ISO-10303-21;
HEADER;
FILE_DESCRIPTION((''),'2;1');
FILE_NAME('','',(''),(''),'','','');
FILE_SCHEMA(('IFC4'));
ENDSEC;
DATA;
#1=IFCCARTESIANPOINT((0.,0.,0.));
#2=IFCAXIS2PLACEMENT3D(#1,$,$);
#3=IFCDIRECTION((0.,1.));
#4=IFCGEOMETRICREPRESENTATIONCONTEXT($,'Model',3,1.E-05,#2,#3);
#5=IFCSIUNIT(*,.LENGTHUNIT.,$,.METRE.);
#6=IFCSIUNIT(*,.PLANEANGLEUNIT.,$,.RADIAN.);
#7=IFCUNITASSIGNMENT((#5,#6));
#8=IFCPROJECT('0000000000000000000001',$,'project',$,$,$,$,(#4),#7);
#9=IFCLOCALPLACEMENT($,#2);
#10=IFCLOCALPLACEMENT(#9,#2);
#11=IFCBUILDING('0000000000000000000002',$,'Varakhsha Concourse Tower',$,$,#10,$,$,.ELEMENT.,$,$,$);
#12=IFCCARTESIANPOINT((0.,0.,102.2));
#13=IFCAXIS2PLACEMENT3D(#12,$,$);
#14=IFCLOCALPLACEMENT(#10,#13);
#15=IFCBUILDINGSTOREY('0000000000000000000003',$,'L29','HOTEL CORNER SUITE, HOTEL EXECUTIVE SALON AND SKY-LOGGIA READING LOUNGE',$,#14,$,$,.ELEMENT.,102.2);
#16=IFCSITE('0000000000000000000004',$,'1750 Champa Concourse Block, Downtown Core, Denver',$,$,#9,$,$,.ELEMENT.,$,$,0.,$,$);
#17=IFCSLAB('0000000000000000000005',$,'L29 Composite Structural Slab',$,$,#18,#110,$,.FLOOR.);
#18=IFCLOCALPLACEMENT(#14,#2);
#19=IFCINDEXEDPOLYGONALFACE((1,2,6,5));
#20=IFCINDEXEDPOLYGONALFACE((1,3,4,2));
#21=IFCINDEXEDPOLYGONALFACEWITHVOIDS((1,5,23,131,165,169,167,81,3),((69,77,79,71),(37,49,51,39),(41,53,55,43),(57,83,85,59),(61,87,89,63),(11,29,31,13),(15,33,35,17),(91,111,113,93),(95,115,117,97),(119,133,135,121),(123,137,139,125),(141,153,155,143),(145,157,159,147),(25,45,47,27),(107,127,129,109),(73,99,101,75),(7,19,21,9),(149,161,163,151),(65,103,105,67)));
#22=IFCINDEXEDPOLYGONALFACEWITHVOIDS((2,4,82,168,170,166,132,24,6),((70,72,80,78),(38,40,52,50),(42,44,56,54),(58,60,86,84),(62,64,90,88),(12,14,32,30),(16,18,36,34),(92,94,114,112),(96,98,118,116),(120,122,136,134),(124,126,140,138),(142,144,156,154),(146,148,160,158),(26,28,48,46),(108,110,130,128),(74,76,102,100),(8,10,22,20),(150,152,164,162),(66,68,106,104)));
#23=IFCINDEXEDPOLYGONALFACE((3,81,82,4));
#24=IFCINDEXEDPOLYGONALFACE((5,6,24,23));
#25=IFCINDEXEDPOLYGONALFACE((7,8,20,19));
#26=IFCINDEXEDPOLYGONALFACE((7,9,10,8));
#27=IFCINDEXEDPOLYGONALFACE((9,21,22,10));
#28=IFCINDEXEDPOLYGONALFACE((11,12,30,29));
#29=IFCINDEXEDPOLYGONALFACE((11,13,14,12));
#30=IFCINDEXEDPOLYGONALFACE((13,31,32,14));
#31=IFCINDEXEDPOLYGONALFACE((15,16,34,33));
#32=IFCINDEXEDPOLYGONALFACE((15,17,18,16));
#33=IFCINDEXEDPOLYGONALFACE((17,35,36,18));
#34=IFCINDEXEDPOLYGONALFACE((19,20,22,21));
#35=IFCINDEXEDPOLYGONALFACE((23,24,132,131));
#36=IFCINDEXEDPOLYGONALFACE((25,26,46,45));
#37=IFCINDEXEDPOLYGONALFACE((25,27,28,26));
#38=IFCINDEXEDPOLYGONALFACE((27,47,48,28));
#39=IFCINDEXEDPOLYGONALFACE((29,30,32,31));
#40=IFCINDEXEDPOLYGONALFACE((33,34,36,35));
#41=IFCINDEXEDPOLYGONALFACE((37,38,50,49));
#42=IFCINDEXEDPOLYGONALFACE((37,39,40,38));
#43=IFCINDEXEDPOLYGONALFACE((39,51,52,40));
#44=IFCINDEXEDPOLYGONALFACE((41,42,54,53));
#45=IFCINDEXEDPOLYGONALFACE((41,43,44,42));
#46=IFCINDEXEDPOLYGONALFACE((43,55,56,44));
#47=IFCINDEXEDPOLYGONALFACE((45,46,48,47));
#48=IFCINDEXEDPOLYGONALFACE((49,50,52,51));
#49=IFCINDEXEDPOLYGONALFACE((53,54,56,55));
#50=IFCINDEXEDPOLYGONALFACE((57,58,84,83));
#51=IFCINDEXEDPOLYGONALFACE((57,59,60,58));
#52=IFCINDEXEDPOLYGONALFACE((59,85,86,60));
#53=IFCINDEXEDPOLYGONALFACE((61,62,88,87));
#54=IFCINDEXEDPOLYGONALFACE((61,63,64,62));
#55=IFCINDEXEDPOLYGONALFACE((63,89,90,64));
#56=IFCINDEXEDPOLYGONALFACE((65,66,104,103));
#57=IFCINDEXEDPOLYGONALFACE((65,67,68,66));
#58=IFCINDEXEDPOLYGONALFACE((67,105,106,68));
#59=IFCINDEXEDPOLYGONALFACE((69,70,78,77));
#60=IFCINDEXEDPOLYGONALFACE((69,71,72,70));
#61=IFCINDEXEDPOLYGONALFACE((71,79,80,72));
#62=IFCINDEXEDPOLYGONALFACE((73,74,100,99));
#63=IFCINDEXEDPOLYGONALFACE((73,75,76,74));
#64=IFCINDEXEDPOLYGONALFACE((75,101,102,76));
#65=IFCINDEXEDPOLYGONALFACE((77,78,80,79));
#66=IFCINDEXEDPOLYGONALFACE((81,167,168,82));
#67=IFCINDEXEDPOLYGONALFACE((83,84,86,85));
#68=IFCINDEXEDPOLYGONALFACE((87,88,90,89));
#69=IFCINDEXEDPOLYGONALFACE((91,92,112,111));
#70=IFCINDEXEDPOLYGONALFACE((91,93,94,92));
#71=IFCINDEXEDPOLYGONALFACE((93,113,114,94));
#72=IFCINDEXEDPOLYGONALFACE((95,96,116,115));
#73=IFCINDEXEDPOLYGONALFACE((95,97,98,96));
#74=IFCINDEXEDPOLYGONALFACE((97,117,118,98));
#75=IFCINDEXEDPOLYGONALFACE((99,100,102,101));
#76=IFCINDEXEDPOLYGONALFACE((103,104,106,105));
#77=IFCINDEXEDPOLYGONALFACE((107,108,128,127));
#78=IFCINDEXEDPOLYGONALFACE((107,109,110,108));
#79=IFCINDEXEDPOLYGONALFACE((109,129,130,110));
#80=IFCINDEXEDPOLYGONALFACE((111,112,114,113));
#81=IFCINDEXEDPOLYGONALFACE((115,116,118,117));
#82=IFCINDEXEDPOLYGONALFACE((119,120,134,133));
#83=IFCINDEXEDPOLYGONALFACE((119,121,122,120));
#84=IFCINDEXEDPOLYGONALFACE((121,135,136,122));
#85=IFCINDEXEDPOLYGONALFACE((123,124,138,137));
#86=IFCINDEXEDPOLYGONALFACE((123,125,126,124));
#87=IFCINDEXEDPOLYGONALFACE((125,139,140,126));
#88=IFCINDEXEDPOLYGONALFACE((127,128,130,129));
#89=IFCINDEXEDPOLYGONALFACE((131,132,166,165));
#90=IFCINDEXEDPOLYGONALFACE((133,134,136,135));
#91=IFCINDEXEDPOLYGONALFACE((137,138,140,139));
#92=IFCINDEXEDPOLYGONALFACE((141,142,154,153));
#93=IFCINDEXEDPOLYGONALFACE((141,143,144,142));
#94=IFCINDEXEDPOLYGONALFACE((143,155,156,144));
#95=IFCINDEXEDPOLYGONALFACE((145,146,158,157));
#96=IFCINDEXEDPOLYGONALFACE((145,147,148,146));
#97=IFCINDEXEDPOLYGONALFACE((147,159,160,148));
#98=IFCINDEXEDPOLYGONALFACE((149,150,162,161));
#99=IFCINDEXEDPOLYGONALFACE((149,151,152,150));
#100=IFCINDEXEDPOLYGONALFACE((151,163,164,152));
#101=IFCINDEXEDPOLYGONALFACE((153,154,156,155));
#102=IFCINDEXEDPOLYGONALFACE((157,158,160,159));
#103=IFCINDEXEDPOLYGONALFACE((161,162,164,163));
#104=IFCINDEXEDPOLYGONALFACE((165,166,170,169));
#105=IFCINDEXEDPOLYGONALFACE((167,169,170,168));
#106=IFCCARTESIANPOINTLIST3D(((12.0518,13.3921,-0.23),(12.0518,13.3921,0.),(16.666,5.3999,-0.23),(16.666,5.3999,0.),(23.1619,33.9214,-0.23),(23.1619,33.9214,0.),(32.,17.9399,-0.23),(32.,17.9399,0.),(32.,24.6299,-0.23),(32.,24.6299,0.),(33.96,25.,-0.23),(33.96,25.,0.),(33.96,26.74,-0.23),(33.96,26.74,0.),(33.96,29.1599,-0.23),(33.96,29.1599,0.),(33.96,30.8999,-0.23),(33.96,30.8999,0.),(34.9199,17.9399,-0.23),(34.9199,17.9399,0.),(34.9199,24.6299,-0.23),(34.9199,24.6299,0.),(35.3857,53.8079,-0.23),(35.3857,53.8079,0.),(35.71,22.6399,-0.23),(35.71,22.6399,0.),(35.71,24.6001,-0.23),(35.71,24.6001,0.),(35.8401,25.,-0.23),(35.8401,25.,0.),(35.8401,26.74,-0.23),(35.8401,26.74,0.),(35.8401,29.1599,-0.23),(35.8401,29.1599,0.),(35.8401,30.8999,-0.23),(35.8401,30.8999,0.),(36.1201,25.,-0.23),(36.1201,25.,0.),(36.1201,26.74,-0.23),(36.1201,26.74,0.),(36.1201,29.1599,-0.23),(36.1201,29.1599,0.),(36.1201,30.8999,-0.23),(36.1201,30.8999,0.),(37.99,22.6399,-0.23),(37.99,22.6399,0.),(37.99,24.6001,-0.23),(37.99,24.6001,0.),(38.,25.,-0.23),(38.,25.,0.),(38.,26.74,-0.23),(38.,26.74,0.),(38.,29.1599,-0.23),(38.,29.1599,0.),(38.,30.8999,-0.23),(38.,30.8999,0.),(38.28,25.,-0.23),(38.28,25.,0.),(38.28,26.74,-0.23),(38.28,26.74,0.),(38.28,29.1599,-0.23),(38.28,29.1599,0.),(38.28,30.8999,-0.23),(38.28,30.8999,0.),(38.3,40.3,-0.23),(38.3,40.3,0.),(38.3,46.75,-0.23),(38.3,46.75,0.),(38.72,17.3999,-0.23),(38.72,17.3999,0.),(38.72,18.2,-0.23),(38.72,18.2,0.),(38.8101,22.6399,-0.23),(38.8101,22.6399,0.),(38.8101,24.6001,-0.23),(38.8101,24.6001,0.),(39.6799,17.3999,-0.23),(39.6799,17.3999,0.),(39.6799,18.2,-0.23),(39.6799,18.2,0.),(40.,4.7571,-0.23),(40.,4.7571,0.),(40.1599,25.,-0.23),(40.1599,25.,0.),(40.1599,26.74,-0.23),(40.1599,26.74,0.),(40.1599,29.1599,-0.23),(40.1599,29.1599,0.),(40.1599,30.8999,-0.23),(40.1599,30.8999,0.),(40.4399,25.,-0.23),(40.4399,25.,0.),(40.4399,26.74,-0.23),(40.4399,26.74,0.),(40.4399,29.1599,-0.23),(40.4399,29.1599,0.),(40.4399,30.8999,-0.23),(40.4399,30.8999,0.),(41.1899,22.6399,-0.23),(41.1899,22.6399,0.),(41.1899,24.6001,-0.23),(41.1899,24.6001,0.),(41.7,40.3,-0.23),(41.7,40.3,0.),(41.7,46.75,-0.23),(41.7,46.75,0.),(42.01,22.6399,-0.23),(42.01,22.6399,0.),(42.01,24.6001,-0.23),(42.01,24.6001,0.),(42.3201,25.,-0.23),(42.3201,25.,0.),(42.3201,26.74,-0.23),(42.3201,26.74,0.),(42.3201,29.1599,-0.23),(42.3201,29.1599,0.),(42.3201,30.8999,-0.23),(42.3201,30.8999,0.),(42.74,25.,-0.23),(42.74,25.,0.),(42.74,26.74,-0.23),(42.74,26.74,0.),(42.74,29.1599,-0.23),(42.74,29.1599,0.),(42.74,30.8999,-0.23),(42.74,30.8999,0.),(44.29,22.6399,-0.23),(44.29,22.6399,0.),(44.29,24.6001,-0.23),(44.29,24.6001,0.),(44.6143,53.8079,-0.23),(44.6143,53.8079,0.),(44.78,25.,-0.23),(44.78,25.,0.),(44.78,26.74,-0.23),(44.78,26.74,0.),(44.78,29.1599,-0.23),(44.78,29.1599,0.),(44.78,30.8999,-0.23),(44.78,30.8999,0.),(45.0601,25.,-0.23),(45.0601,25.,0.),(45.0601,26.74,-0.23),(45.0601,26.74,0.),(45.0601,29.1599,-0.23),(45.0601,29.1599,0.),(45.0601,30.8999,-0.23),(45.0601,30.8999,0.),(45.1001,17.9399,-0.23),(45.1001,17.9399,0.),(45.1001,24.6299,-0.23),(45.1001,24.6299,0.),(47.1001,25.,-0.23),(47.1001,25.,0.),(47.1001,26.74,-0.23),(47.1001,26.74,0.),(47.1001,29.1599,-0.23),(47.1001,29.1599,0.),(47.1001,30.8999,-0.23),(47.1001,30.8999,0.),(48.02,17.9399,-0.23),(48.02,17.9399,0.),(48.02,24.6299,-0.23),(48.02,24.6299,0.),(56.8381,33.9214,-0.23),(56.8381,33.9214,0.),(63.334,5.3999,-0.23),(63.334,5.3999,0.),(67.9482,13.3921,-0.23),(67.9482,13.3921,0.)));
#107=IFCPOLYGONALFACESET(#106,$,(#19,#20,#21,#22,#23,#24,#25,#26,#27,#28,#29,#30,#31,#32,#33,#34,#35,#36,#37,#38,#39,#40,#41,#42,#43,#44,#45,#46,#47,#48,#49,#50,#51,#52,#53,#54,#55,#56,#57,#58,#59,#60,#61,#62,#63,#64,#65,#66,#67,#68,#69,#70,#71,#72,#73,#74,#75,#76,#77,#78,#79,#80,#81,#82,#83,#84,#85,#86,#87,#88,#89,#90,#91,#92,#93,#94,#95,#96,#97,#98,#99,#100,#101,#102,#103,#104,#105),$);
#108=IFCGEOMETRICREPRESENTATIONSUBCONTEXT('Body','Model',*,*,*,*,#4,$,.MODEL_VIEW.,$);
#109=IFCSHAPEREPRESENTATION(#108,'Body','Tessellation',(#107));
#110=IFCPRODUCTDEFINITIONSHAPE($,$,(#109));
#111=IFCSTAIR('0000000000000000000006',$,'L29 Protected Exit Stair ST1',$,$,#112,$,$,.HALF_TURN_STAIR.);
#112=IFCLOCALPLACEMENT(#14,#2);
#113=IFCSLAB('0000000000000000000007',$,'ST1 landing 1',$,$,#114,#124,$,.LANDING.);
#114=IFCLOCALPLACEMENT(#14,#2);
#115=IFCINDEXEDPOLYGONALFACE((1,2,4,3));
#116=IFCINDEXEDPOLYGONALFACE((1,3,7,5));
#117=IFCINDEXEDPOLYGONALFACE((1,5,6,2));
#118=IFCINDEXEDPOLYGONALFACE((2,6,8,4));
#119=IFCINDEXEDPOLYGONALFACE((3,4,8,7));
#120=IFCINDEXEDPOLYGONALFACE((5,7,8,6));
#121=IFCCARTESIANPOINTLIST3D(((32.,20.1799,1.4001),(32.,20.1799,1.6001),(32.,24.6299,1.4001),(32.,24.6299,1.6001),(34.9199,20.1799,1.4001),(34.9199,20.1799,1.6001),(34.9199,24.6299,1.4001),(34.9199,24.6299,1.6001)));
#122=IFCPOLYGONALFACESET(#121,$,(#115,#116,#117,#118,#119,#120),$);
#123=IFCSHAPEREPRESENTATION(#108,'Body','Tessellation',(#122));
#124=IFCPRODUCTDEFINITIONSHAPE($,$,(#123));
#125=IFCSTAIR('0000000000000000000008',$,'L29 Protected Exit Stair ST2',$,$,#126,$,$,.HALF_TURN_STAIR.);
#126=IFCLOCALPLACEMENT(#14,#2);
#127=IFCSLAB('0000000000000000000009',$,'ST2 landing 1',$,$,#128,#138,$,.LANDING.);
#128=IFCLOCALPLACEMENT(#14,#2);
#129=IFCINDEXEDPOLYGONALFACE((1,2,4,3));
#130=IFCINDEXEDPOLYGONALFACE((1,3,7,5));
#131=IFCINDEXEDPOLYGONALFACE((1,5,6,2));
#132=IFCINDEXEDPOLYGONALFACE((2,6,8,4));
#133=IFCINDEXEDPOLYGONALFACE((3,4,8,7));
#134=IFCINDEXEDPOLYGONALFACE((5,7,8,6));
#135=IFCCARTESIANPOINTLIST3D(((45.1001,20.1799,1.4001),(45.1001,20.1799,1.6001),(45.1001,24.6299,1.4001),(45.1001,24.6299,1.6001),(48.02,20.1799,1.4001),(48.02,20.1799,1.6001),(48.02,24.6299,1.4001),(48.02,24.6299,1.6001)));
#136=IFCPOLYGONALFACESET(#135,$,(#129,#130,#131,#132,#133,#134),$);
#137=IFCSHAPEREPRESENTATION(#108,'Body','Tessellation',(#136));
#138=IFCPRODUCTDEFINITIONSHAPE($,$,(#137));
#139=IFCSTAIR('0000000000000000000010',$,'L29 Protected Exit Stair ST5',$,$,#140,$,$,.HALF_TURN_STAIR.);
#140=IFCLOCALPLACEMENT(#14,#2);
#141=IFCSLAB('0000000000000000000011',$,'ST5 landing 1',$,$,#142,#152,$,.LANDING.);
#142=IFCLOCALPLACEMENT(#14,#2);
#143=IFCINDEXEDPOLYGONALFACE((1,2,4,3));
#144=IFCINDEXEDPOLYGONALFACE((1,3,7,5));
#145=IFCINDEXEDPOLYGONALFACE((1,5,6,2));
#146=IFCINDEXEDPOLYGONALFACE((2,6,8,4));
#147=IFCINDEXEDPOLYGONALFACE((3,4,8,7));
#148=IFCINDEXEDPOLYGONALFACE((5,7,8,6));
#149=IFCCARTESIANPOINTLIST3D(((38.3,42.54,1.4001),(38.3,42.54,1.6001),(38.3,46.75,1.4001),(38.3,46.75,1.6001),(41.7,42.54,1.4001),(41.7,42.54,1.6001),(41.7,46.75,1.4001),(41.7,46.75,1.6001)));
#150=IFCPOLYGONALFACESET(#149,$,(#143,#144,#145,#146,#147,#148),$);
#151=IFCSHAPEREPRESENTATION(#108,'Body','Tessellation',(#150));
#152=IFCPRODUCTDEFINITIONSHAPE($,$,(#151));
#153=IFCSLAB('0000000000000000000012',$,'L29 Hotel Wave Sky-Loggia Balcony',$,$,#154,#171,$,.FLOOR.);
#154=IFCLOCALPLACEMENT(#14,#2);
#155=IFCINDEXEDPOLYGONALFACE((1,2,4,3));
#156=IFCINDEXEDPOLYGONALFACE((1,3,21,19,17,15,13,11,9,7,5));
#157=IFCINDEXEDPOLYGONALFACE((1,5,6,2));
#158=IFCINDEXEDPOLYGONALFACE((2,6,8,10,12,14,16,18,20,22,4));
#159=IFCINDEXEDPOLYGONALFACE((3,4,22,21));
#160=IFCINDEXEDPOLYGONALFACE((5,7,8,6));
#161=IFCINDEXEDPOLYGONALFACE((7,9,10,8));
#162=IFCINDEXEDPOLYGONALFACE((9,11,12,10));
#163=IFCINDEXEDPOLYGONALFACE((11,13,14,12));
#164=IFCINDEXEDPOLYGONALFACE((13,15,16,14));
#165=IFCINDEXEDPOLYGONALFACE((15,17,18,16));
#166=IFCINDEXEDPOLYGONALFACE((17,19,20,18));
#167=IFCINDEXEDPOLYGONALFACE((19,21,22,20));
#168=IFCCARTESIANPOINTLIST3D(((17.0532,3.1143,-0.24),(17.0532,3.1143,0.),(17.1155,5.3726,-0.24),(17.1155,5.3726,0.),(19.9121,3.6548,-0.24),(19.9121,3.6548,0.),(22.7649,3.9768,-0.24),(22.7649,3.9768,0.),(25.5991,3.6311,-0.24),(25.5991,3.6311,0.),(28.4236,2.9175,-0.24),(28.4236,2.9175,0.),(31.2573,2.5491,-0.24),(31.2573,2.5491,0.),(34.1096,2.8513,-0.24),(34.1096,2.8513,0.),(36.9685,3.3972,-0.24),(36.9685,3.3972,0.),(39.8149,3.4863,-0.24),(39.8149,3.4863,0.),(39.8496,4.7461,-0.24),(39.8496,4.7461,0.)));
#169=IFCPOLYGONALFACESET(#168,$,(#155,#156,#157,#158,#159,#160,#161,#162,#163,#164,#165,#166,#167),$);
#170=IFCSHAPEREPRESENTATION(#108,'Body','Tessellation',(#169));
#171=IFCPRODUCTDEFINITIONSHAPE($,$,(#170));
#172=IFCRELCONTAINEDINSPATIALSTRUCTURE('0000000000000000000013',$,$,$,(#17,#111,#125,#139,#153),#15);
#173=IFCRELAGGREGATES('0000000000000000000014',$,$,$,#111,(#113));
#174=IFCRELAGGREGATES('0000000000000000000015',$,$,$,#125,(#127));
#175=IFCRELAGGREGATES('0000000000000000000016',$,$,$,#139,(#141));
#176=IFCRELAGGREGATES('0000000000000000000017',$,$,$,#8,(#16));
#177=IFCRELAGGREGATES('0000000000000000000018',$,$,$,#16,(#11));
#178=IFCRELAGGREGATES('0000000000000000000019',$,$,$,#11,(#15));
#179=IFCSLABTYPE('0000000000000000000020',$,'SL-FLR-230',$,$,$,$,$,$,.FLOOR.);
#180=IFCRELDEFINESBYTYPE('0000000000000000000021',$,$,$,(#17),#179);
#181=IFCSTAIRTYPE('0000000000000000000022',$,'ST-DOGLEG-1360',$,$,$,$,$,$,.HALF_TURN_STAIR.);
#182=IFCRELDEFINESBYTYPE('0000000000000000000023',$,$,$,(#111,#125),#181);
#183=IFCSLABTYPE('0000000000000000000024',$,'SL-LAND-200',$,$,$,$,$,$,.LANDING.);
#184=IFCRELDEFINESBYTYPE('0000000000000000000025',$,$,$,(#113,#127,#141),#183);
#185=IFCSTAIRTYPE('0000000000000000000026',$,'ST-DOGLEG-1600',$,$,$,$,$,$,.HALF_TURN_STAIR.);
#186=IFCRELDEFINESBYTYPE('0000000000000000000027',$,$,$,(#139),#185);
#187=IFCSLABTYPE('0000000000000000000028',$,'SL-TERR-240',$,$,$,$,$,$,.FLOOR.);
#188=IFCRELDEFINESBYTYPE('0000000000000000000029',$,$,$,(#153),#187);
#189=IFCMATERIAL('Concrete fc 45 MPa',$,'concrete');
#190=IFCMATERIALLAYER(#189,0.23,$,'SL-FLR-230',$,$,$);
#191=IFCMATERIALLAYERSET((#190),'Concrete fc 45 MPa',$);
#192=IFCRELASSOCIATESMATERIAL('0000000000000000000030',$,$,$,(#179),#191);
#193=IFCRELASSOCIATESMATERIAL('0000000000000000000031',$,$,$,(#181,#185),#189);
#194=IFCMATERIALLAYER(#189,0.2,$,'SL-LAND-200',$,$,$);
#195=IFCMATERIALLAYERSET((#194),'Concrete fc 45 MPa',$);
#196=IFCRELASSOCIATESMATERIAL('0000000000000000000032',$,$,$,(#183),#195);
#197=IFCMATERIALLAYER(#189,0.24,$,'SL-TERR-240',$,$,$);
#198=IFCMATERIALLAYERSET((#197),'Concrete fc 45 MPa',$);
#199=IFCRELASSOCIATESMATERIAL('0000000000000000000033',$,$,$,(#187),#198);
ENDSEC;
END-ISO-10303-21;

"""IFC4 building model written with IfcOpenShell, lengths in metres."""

from ifc_helpers import new_model, si_unit, direction, frame, origin, place, context, subcontext, project, spatial, polyline, outline, extrude, material, layer, layer_set, type_object, element, aggregate, save


model = new_model("IFC4")

# Units and contexts
model_context = context("Model", 3, precision=1e-05, world=origin(), true_north=direction((0.0, 1.0)))
body_context = subcontext(model_context, "Body", "Model", "MODEL_VIEW")
ifc_project = project(units=[si_unit("LENGTHUNIT", "METRE"), si_unit("PLANEANGLEUNIT", "RADIAN")], contexts=[model_context])

# Site, building, storey
site_placement = place(None, origin())
site = spatial("IfcSite", under=ifc_project, at=site_placement, Name="1750 Champa Concourse Block, Downtown Core, Denver", CompositionType="ELEMENT", RefElevation=0.0)
building_placement = place(site_placement, origin())
building = spatial("IfcBuilding", under=site, at=building_placement, Name="Varakhsha Concourse Tower", CompositionType="ELEMENT")
storey_placement = place(building_placement, frame((0.0, 0.0, 102.2)))
storey = spatial("IfcBuildingStorey", under=building, at=storey_placement, Name="L29", Description="HOTEL CORNER SUITE, HOTEL EXECUTIVE SALON AND SKY-LOGGIA READING LOUNGE", CompositionType="ELEMENT", Elevation=102.2)

# Slab
ifc_material_1 = material(Name="Concrete fc 45 MPa", Category="concrete")
ifc_layer_1 = layer(ifc_material_1, 0.23, Name="SL-FLR-230")
ifc_layer_set_1 = layer_set([ifc_layer_1], Name="Concrete fc 45 MPa")
slab_type_1 = type_object("IfcSlabType", Name="SL-FLR-230", PredefinedType="FLOOR", material=ifc_layer_set_1)
slab_1_placement = place(storey_placement, frame((0.0, 0.0, -0.23)))
element("IfcSlab", 1, at=slab_1_placement, inside=storey, type_object=slab_type_1, Name="L29 Composite Structural Slab", PredefinedType="FLOOR", context=body_context, shape_type="SweptSolid", body=[
    extrude(outline(polyline([(44.6143, 53.8079), (35.3857, 53.8079), (23.1619, 33.9214), (12.0518, 13.3921), (16.666, 5.3999), (40.0, 4.7571), (63.334, 5.3999), (67.9482, 13.3921), (56.8381, 33.9214), (44.6143, 53.8079)]), holes=[polyline([(34.9199, 17.9399), (34.9199, 24.6299), (32.0, 24.6299), (32.0, 17.9399), (34.9199, 17.9399)]), polyline([(48.02, 17.9399), (48.02, 24.6299), (45.1001, 24.6299), (45.1001, 17.9399), (48.02, 17.9399)]), polyline([(41.7, 40.3), (41.7, 46.75), (38.3, 46.75), (38.3, 40.3), (41.7, 40.3)]), polyline([(33.96, 29.1599), (35.8401, 29.1599), (35.8401, 30.8999), (33.96, 30.8999), (33.96, 29.1599)]), polyline([(36.1201, 29.1599), (38.0, 29.1599), (38.0, 30.8999), (36.1201, 30.8999), (36.1201, 29.1599)]), polyline([(38.28, 29.1599), (40.1599, 29.1599), (40.1599, 30.8999), (38.28, 30.8999), (38.28, 29.1599)]), polyline([(40.4399, 29.1599), (42.3201, 29.1599), (42.3201, 30.8999), (40.4399, 30.8999), (40.4399, 29.1599)]), polyline([(33.96, 25.0), (35.8401, 25.0), (35.8401, 26.74), (33.96, 26.74), (33.96, 25.0)]), polyline([(36.1201, 25.0), (38.0, 25.0), (38.0, 26.74), (36.1201, 26.74), (36.1201, 25.0)]), polyline([(38.28, 25.0), (40.1599, 25.0), (40.1599, 26.74), (38.28, 26.74), (38.28, 25.0)]), polyline([(40.4399, 25.0), (42.3201, 25.0), (42.3201, 26.74), (40.4399, 26.74), (40.4399, 25.0)]), polyline([(42.74, 29.1599), (44.78, 29.1599), (44.78, 30.8999), (42.74, 30.8999), (42.74, 29.1599)]), polyline([(45.0601, 29.1599), (47.1001, 29.1599), (47.1001, 30.8999), (45.0601, 30.8999), (45.0601, 29.1599)]), polyline([(42.74, 25.0), (44.78, 25.0), (44.78, 26.74), (42.74, 26.74), (42.74, 25.0)]), polyline([(45.0601, 25.0), (47.1001, 25.0), (47.1001, 26.74), (45.0601, 26.74), (45.0601, 25.0)]), polyline([(35.71, 22.6399), (37.99, 22.6399), (37.99, 24.6001), (35.71, 24.6001), (35.71, 22.6399)]), polyline([(42.01, 22.6399), (44.29, 22.6399), (44.29, 24.6001), (42.01, 24.6001), (42.01, 22.6399)]), polyline([(38.8101, 22.6399), (41.1899, 22.6399), (41.1899, 24.6001), (38.8101, 24.6001), (38.8101, 22.6399)]), polyline([(38.72, 17.3999), (39.6799, 17.3999), (39.6799, 18.2), (38.72, 18.2), (38.72, 17.3999)])]), origin(), (0.0, 0.0, 1.0), 0.23),
])

# Stairs, slabs
stair_type_1 = type_object("IfcStairType", Name="ST-DOGLEG-1360", PredefinedType="HALF_TURN_STAIR", material=ifc_material_1)
stair_1_placement = place(storey_placement, origin())
stair_1 = element("IfcStair", 2, at=stair_1_placement, inside=storey, type_object=stair_type_1, Name="L29 Protected Exit Stair ST1", PredefinedType="HALF_TURN_STAIR")
ifc_layer_2 = layer(ifc_material_1, 0.2, Name="SL-LAND-200")
ifc_layer_set_2 = layer_set([ifc_layer_2], Name="Concrete fc 45 MPa")
slab_type_2 = type_object("IfcSlabType", Name="SL-LAND-200", PredefinedType="LANDING", material=ifc_layer_set_2)
slab_2_placement = place(storey_placement, frame((0.0, 0.0, 1.4001)))
slab_2 = element("IfcSlab", 3, at=slab_2_placement, type_object=slab_type_2, Name="ST1 landing 1", PredefinedType="LANDING", context=body_context, shape_type="SweptSolid", body=[
    extrude(outline(polyline([(34.9199, 20.1799), (34.9199, 24.6299), (32.0, 24.6299), (32.0, 20.1799), (34.9199, 20.1799)])), origin(), (0.0, 0.0, 1.0), 0.2),
])
aggregate(stair_1, [slab_2])
stair_2_placement = place(storey_placement, origin())
stair_2 = element("IfcStair", 4, at=stair_2_placement, inside=storey, type_object=stair_type_1, Name="L29 Protected Exit Stair ST2", PredefinedType="HALF_TURN_STAIR")
slab_3_placement = place(storey_placement, frame((0.0, 0.0, 1.4001)))
slab_3 = element("IfcSlab", 5, at=slab_3_placement, type_object=slab_type_2, Name="ST2 landing 1", PredefinedType="LANDING", context=body_context, shape_type="SweptSolid", body=[
    extrude(outline(polyline([(48.02, 20.1799), (48.02, 24.6299), (45.1001, 24.6299), (45.1001, 20.1799), (48.02, 20.1799)])), origin(), (0.0, 0.0, 1.0), 0.2),
])
aggregate(stair_2, [slab_3])
stair_type_2 = type_object("IfcStairType", Name="ST-DOGLEG-1600", PredefinedType="HALF_TURN_STAIR", material=ifc_material_1)
stair_3_placement = place(storey_placement, origin())
stair_3 = element("IfcStair", 6, at=stair_3_placement, inside=storey, type_object=stair_type_2, Name="L29 Protected Exit Stair ST5", PredefinedType="HALF_TURN_STAIR")
slab_4_placement = place(storey_placement, frame((0.0, 0.0, 1.4001)))
slab_4 = element("IfcSlab", 7, at=slab_4_placement, type_object=slab_type_2, Name="ST5 landing 1", PredefinedType="LANDING", context=body_context, shape_type="SweptSolid", body=[
    extrude(outline(polyline([(41.7, 42.54), (41.7, 46.75), (38.3, 46.75), (38.3, 42.54), (41.7, 42.54)])), origin(), (0.0, 0.0, 1.0), 0.2),
])
aggregate(stair_3, [slab_4])

# Slab
ifc_layer_3 = layer(ifc_material_1, 0.24, Name="SL-TERR-240")
ifc_layer_set_3 = layer_set([ifc_layer_3], Name="Concrete fc 45 MPa")
slab_type_3 = type_object("IfcSlabType", Name="SL-TERR-240", PredefinedType="FLOOR", material=ifc_layer_set_3)
slab_5_placement = place(storey_placement, frame((0.0, 0.0, -0.24)))
element("IfcSlab", 8, at=slab_5_placement, inside=storey, type_object=slab_type_3, Name="L29 Hotel Wave Sky-Loggia Balcony", PredefinedType="FLOOR", context=body_context, shape_type="SweptSolid", body=[
    extrude(outline(polyline([(17.1155, 5.3726), (39.8496, 4.7461), (39.8149, 3.4863), (36.9685, 3.3972), (34.1096, 2.8513), (31.2573, 2.5491), (28.4236, 2.9175), (25.5991, 3.6311), (22.7649, 3.9768), (19.9121, 3.6548), (17.0532, 3.1143), (17.1155, 5.3726)])), origin(), (0.0, 0.0, 1.0), 0.24),
])

save(model, "model.ifc")
